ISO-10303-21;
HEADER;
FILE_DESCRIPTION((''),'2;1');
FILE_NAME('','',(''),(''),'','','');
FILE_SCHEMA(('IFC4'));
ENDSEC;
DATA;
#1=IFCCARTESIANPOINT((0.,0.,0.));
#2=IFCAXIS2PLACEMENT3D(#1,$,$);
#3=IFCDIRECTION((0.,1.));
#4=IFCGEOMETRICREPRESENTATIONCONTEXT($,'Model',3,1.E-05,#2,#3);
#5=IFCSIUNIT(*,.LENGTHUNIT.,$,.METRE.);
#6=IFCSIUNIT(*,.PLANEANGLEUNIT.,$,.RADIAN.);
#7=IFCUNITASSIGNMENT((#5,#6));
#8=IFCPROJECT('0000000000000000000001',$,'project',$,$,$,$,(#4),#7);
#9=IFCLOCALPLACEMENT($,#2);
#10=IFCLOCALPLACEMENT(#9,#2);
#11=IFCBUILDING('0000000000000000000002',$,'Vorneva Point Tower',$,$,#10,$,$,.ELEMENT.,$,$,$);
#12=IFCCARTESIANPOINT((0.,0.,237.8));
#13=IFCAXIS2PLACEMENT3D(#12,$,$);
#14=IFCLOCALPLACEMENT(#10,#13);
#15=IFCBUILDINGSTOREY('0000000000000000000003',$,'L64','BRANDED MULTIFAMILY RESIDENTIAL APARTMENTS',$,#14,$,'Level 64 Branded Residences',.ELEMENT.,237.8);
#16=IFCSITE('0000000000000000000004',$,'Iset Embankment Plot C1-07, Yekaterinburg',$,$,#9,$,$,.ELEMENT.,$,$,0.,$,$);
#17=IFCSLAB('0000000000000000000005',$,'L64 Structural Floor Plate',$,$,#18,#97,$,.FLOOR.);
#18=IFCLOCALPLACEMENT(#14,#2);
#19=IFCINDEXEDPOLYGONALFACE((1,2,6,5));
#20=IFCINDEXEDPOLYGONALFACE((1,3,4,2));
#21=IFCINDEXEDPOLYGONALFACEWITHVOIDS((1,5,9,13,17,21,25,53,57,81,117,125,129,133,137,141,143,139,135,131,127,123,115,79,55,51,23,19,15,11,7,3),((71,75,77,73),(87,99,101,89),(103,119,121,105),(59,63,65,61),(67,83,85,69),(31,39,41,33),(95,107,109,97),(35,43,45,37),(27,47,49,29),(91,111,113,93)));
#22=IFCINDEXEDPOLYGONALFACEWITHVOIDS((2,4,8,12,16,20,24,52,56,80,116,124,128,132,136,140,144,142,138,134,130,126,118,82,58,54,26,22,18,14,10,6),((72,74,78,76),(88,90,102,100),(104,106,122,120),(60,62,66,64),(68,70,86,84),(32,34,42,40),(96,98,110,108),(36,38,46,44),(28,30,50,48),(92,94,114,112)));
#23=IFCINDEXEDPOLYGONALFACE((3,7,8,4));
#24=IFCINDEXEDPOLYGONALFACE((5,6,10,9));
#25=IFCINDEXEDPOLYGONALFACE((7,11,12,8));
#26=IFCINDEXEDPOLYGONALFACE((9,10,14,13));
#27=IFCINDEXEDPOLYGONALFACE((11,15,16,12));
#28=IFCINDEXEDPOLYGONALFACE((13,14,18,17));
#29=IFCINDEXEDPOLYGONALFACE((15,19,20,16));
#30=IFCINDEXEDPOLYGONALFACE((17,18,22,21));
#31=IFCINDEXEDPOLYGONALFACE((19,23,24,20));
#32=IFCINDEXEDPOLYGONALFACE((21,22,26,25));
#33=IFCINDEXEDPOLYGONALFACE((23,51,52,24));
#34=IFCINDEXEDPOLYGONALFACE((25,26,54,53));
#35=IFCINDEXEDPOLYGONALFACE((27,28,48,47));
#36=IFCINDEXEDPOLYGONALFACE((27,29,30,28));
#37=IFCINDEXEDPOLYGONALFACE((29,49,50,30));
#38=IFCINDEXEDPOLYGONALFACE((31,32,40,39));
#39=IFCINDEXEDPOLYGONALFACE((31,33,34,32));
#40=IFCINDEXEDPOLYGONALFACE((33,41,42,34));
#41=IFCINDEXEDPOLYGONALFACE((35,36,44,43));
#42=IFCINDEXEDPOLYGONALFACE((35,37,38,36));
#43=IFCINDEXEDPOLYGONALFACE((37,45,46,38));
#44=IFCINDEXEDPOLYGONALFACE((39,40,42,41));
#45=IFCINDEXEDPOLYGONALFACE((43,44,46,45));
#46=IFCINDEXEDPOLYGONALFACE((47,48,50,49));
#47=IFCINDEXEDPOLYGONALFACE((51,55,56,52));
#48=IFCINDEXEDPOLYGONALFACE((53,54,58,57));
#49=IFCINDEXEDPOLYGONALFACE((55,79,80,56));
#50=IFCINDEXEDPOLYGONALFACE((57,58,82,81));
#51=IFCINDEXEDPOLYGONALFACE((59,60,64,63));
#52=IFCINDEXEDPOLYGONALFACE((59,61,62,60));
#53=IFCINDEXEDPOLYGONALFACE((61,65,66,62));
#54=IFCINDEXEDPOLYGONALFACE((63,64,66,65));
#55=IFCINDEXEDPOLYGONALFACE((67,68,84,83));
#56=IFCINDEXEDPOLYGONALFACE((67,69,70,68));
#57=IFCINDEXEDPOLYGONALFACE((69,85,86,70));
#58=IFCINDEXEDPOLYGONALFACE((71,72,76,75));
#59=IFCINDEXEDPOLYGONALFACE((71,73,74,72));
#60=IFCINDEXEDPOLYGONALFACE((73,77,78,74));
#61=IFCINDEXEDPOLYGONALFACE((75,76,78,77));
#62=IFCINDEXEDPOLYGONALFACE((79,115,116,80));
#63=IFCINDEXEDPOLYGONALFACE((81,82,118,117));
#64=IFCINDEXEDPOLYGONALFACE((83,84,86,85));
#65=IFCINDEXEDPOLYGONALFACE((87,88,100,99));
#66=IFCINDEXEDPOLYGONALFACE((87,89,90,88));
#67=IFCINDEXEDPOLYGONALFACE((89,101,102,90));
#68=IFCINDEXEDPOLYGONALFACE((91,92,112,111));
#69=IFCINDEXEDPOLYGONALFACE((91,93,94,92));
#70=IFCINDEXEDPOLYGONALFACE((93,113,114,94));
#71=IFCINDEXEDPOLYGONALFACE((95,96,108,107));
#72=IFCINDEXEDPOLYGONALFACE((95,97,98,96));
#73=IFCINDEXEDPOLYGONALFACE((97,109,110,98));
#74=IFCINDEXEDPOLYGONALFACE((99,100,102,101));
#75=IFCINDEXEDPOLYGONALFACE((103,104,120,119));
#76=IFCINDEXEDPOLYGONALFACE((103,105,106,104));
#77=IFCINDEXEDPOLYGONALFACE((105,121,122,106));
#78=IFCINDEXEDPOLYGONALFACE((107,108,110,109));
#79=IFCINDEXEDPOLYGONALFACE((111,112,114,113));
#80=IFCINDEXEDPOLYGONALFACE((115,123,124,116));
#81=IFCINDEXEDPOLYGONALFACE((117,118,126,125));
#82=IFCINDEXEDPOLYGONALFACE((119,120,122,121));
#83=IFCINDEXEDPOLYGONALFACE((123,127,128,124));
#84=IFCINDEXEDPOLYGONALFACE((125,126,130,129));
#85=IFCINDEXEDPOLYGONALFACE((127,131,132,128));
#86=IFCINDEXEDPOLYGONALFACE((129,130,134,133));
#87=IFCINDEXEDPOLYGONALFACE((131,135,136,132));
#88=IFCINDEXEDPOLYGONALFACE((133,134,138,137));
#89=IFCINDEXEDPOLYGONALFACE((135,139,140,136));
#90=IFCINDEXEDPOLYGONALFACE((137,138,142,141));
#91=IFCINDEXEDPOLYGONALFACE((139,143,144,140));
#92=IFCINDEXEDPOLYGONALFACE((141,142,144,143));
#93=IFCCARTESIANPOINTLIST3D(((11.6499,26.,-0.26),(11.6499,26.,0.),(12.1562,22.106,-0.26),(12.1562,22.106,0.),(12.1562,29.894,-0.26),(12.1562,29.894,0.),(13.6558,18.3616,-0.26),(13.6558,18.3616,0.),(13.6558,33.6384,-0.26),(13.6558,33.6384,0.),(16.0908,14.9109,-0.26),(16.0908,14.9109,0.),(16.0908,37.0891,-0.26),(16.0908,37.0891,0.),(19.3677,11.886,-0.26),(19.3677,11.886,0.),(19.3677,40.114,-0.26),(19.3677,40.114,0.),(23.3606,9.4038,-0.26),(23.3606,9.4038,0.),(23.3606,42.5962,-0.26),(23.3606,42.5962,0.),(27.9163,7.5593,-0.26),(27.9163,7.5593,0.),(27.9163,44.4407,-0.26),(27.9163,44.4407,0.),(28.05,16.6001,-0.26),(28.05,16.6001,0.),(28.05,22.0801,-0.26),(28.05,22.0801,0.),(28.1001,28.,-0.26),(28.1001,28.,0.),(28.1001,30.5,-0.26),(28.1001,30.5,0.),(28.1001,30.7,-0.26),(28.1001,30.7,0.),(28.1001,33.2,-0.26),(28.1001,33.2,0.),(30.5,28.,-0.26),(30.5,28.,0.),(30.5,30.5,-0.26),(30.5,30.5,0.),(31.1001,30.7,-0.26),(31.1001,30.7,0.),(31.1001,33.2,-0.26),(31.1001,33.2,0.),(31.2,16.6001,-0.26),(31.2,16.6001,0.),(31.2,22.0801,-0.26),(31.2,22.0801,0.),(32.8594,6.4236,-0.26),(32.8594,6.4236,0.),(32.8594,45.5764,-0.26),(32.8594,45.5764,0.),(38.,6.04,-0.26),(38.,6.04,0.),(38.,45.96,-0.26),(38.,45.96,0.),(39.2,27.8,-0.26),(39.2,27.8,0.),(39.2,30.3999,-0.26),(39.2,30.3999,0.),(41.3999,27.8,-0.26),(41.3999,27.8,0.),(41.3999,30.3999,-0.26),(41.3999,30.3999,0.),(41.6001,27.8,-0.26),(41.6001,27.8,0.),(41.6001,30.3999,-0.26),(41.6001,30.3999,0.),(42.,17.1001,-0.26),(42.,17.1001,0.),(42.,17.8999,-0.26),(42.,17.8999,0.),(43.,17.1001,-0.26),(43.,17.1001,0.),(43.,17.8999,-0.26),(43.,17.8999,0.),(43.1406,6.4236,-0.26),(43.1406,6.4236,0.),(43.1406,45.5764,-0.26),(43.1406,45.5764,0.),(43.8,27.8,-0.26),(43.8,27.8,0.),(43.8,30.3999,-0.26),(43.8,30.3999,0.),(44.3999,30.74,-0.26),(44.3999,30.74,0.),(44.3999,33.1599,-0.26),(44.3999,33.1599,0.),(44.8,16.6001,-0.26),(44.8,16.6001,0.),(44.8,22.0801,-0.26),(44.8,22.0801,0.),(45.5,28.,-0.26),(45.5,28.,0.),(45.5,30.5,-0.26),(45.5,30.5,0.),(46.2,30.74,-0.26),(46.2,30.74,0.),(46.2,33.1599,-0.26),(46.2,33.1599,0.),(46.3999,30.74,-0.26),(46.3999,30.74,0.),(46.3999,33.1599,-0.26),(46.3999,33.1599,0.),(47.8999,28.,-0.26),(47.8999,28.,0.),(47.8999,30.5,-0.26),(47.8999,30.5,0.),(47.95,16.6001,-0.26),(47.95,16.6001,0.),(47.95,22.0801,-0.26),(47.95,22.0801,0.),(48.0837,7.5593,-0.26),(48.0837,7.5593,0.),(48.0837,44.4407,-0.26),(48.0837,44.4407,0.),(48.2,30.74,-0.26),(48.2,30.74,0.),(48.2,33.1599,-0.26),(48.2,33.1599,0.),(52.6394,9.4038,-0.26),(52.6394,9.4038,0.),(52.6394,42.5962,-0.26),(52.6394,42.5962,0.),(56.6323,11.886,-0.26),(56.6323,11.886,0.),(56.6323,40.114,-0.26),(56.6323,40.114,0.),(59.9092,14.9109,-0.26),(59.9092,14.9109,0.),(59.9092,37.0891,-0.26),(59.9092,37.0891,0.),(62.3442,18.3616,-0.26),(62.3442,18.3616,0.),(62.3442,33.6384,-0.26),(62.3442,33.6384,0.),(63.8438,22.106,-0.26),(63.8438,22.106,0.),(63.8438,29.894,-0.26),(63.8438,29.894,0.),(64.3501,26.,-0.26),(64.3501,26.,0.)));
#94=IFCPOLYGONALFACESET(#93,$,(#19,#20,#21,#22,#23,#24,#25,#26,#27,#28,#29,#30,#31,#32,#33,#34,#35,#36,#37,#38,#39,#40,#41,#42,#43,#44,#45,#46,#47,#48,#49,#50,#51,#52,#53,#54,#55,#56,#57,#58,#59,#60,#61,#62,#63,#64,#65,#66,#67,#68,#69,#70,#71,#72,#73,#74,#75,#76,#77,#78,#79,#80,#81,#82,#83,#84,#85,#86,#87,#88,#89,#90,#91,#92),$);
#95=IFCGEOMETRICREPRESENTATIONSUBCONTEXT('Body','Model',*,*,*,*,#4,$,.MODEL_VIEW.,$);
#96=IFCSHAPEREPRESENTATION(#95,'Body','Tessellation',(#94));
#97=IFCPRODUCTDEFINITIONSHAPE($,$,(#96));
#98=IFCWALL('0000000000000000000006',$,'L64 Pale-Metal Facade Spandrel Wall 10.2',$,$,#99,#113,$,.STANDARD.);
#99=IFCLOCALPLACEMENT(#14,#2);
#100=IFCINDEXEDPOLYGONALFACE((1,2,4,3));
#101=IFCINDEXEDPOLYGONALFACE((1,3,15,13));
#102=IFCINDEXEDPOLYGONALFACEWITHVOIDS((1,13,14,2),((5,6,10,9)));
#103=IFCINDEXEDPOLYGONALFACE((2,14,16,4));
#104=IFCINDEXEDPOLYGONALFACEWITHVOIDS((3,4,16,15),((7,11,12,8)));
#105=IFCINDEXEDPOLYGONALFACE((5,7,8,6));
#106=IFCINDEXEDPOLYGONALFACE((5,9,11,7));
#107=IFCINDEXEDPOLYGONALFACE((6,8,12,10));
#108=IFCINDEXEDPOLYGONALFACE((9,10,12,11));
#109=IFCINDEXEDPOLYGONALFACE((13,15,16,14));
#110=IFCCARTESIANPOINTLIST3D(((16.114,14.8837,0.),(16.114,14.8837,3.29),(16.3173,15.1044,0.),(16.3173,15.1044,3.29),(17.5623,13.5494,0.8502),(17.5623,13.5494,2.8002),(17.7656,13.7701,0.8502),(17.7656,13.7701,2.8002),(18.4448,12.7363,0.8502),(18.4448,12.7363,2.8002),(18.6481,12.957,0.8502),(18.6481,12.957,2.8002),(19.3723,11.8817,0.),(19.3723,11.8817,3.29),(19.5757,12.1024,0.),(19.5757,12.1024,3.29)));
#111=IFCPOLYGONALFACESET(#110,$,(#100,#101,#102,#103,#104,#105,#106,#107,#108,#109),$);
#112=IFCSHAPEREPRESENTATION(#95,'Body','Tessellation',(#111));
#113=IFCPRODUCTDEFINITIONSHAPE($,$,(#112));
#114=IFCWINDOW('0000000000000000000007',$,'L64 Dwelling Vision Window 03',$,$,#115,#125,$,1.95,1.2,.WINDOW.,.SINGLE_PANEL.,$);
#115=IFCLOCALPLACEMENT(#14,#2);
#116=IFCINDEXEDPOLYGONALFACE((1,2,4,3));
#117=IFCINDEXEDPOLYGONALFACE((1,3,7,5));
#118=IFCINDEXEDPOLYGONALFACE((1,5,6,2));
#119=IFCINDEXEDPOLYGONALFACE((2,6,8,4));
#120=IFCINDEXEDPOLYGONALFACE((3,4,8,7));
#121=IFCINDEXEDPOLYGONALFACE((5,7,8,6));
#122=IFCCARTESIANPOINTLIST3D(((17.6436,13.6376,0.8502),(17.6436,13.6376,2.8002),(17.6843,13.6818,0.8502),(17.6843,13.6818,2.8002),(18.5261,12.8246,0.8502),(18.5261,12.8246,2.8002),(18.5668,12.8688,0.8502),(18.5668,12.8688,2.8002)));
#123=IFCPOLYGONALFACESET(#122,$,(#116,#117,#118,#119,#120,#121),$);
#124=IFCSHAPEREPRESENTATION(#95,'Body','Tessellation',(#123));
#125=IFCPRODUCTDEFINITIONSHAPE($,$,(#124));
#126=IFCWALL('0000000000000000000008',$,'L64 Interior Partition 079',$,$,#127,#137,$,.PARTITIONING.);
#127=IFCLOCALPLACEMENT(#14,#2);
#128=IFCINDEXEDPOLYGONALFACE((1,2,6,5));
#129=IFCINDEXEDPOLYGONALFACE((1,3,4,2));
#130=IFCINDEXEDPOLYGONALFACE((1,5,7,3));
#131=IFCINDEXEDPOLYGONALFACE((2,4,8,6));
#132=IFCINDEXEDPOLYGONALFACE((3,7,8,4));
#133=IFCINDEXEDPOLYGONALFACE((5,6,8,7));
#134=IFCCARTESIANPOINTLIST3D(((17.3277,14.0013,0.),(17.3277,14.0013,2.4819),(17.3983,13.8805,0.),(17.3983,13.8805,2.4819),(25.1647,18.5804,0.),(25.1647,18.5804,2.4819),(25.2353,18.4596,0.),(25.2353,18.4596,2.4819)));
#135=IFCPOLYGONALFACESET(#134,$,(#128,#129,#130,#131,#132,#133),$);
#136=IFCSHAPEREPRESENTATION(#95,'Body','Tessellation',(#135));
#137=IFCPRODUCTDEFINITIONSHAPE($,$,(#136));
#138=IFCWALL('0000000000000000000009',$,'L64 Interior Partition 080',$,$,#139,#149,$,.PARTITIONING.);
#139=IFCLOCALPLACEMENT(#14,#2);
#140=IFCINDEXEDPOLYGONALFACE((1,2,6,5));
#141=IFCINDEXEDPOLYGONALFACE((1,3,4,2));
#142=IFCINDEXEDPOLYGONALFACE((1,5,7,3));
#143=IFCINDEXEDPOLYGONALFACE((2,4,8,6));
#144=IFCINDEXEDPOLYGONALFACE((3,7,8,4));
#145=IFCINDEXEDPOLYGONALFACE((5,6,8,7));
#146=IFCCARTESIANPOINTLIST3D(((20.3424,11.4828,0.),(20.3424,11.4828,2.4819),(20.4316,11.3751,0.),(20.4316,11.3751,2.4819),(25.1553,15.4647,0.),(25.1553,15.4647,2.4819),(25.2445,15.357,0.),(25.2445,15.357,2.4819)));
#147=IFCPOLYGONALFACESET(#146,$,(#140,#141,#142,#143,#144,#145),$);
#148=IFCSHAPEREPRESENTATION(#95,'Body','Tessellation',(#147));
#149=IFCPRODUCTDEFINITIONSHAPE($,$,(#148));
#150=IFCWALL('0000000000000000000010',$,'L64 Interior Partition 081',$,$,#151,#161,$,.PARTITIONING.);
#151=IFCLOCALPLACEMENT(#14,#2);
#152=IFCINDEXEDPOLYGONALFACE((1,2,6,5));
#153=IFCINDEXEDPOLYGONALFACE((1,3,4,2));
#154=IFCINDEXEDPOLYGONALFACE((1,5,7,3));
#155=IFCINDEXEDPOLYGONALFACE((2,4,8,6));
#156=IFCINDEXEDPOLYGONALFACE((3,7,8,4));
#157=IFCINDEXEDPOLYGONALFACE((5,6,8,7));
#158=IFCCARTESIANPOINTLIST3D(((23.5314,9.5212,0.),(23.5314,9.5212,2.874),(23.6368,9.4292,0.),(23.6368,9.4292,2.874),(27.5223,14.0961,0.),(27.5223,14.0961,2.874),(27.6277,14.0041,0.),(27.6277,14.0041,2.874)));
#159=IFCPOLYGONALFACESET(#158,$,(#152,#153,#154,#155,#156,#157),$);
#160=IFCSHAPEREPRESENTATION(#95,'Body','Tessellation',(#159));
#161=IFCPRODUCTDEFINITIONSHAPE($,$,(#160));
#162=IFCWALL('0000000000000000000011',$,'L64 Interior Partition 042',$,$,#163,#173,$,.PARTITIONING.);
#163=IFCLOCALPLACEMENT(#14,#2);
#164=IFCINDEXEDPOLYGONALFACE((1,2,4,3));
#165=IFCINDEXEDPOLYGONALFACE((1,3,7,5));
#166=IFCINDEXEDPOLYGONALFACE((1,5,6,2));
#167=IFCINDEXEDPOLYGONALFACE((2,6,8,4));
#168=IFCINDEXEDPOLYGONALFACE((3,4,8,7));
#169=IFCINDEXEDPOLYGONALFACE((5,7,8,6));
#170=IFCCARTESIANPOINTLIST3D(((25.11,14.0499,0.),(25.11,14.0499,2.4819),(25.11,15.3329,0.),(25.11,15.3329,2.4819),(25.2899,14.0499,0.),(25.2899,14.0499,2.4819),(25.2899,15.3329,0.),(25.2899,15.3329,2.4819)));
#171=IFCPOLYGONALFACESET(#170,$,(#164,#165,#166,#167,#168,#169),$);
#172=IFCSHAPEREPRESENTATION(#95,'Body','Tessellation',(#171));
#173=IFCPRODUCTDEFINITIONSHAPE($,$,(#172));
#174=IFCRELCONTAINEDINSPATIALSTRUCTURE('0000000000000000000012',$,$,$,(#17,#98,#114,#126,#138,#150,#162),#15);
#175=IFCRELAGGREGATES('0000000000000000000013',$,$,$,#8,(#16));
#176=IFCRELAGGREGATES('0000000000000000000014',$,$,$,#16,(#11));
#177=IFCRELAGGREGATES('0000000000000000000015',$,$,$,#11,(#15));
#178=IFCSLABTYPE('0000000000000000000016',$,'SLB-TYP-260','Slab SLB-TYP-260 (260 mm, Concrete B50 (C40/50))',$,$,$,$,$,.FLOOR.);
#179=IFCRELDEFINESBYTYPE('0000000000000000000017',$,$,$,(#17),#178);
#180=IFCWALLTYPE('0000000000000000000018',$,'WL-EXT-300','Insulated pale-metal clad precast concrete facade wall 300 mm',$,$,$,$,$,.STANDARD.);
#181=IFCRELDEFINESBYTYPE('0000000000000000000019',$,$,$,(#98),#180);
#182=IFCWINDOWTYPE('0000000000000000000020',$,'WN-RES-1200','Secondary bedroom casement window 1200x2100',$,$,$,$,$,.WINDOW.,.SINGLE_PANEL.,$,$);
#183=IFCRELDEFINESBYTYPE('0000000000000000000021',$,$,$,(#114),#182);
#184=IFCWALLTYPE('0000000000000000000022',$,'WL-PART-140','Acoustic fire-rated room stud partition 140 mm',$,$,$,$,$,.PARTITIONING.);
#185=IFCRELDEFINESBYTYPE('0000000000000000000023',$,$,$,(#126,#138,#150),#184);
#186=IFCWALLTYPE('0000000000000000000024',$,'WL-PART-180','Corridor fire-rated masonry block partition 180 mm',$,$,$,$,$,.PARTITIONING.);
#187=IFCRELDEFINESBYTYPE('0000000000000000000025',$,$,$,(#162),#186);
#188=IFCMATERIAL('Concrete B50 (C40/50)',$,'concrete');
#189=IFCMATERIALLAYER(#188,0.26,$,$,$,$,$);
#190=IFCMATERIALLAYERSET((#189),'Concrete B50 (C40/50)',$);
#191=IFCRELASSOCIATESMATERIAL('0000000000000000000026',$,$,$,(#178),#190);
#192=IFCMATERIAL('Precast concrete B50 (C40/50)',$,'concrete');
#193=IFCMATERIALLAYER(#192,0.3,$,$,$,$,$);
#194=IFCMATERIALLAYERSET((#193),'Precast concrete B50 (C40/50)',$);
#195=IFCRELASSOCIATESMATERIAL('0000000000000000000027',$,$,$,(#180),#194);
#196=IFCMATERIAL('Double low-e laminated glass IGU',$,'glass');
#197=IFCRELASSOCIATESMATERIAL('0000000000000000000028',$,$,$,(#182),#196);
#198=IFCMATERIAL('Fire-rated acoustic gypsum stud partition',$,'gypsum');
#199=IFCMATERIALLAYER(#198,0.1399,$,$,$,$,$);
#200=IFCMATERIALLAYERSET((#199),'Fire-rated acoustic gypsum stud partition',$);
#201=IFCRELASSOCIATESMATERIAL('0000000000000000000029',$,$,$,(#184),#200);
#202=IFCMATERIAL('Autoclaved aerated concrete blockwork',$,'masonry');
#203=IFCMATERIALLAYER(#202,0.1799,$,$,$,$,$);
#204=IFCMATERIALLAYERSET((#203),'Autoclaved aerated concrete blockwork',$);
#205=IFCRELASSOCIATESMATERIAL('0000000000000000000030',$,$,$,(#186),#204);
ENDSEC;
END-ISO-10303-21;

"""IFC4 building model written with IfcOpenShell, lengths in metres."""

from ifc_helpers import new_model, si_unit, direction, frame, frame_2d, origin, place, context, subcontext, project, spatial, polyline, rectangle, outline, extrude, material, layer, layer_set, type_object, element, fill, save


model = new_model("IFC4")

# Units and contexts
model_context = context("Model", 3, precision=1e-05, world=origin(), true_north=direction((0.0, 1.0)))
body_context = subcontext(model_context, "Body", "Model", "MODEL_VIEW")
ifc_project = project(units=[si_unit("LENGTHUNIT", "METRE"), si_unit("PLANEANGLEUNIT", "RADIAN")], contexts=[model_context])

# Site, building, storey
site_placement = place(None, origin())
site = spatial("IfcSite", under=ifc_project, at=site_placement, Name="Iset Embankment Plot C1-07, Yekaterinburg", CompositionType="ELEMENT", RefElevation=0.0)
building_placement = place(site_placement, origin())
building = spatial("IfcBuilding", under=site, at=building_placement, Name="Vorneva Point Tower", CompositionType="ELEMENT")
storey_placement = place(building_placement, frame((0.0, 0.0, 237.8)))
storey = spatial("IfcBuildingStorey", under=building, at=storey_placement, Name="L64", Description="BRANDED MULTIFAMILY RESIDENTIAL APARTMENTS", LongName="Level 64 Branded Residences", CompositionType="ELEMENT", Elevation=237.8)

# Shared definitions
ifc_material_1 = material(Name="Concrete B50 (C40/50)", Category="concrete")

# Shared definitions
ifc_material_2 = material(Name="Double low-e laminated glass IGU", Category="glass")

# Slab
ifc_layer_1 = layer(ifc_material_1, 0.26)
ifc_layer_set_1 = layer_set([ifc_layer_1], Name="Concrete B50 (C40/50)")
slab_type_1 = type_object("IfcSlabType", Name="SLB-TYP-260", Description="Slab SLB-TYP-260 (260 mm, Concrete B50 (C40/50))", PredefinedType="FLOOR", material=ifc_layer_set_1)
slab_1_placement = place(storey_placement, frame((0.0, 0.0, -0.26)))
element("IfcSlab", 1, at=slab_1_placement, inside=storey, type_object=slab_type_1, Name="L64 Structural Floor Plate", PredefinedType="FLOOR", context=body_context, shape_type="SweptSolid", body=[
    extrude(outline(polyline([(64.3501, 26.0), (63.8438, 29.894), (62.3442, 33.6384), (59.9092, 37.0891), (56.6323, 40.114), (52.6394, 42.5962), (48.0837, 44.4407), (43.1406, 45.5764), (38.0, 45.96), (32.8594, 45.5764), (27.9163, 44.4407), (23.3606, 42.5962), (19.3677, 40.114), (16.0908, 37.0891), (13.6558, 33.6384), (12.1562, 29.894), (11.6499, 26.0), (12.1562, 22.106), (13.6558, 18.3616), (16.0908, 14.9109), (19.3677, 11.886), (23.3606, 9.4038), (27.9163, 7.5593), (32.8594, 6.4236), (38.0, 6.04), (43.1406, 6.4236), (48.0837, 7.5593), (52.6394, 9.4038), (56.6323, 11.886), (59.9092, 14.9109), (62.3442, 18.3616), (63.8438, 22.106), (64.3501, 26.0)]), holes=[polyline([(39.2, 27.8), (41.3999, 27.8), (41.3999, 30.3999), (39.2, 30.3999), (39.2, 27.8)]), polyline([(41.6001, 27.8), (43.8, 27.8), (43.8, 30.3999), (41.6001, 30.3999), (41.6001, 27.8)]), polyline([(44.3999, 30.74), (46.2, 30.74), (46.2, 33.1599), (44.3999, 33.1599), (44.3999, 30.74)]), polyline([(46.3999, 30.74), (48.2, 30.74), (48.2, 33.1599), (46.3999, 33.1599), (46.3999, 30.74)]), polyline([(28.1001, 28.0), (30.5, 28.0), (30.5, 30.5), (28.1001, 30.5), (28.1001, 28.0)]), polyline([(45.5, 28.0), (47.8999, 28.0), (47.8999, 30.5), (45.5, 30.5), (45.5, 28.0)]), polyline([(28.1001, 30.7), (31.1001, 30.7), (31.1001, 33.2), (28.1001, 33.2), (28.1001, 30.7)]), polyline([(28.05, 16.6001), (31.2, 16.6001), (31.2, 22.0801), (28.05, 22.0801), (28.05, 16.6001)]), polyline([(44.8, 16.6001), (47.95, 16.6001), (47.95, 22.0801), (44.8, 22.0801), (44.8, 16.6001)]), polyline([(42.0, 17.1001), (43.0, 17.1001), (43.0, 17.8999), (42.0, 17.8999), (42.0, 17.1001)])]), origin(), (0.0, 0.0, 1.0), 0.26),
])

# Wall, opening, window
ifc_material_3 = material(Name="Precast concrete B50 (C40/50)", Category="concrete")
ifc_layer_2 = layer(ifc_material_3, 0.3)
ifc_layer_set_2 = layer_set([ifc_layer_2], Name="Precast concrete B50 (C40/50)")
wall_type_1 = type_object("IfcWallType", Name="WL-EXT-300", Description="Insulated pale-metal clad precast concrete facade wall 300 mm", PredefinedType="STANDARD", material=ifc_layer_set_2)
wall_1_placement = place(storey_placement, frame((16.2156, 14.9941, 0.0), z_axis=(0.0, 0.0, 1.0), x_axis=(0.735445, -0.677584, 0.0)))
wall_1 = element("IfcWall", 2, at=wall_1_placement, inside=storey, type_object=wall_type_1, Name="L64 Pale-Metal Facade Spandrel Wall 10.2", PredefinedType="STANDARD", context=body_context, shape_type="SweptSolid", body=[
    extrude(rectangle(XDim=4.4304, YDim=0.3, at=frame_2d((2.2153, 0.0))), origin(), (0.0, 0.0, 1.0), 3.29),
])
opening_1_placement = place(wall_1_placement, frame((1.9692, 0.0, 0.8501)))
opening_1 = element("IfcOpeningElement", 3, at=opening_1_placement, cuts=wall_1, PredefinedType="OPENING", context=body_context, shape_type="SweptSolid", body=[
    extrude(rectangle(XDim=1.2, YDim=1.95, at=frame_2d((0.6001, 0.9751))), frame((0.0, 0.165, 0.0), z_axis=(0.0, -1.0, 0.0), x_axis=(1.0, 0.0, 0.0)), (0.0, 0.0, 1.0), 0.3298),
])
window_type = type_object("IfcWindowType", Name="WN-RES-1200", Description="Secondary bedroom casement window 1200x2100", PartitioningType="SINGLE_PANEL", PredefinedType="WINDOW", material=ifc_material_2)
window_placement = place(opening_1_placement, origin())
window = element("IfcWindow", 4, at=window_placement, inside=storey, type_object=window_type, Name="L64 Dwelling Vision Window 03", OverallHeight=1.95, OverallWidth=1.2, PartitioningType="SINGLE_PANEL", PredefinedType="WINDOW", context=body_context, shape_type="SweptSolid", body=[
    extrude(rectangle(XDim=1.2, YDim=1.95, at=frame_2d((0.6001, 0.9751))), frame((0.0, 0.03, 0.0), z_axis=(0.0, -1.0, 0.0), x_axis=(1.0, 0.0, 0.0)), (0.0, 0.0, 1.0), 0.0601),
])
fill(opening_1, window)

# Walls
ifc_material_4 = material(Name="Fire-rated acoustic gypsum stud partition", Category="gypsum")
ifc_layer_3 = layer(ifc_material_4, 0.1399)
ifc_layer_set_3 = layer_set([ifc_layer_3], Name="Fire-rated acoustic gypsum stud partition")
wall_type_2 = type_object("IfcWallType", Name="WL-PART-140", Description="Acoustic fire-rated room stud partition 140 mm", PredefinedType="PARTITIONING", material=ifc_layer_set_3)
wall_2_placement = place(storey_placement, frame((17.363, 13.9409, 0.0), z_axis=(0.0, 0.0, 1.0), x_axis=(0.863416, 0.504493, 0.0)))
element("IfcWall", 5, at=wall_2_placement, inside=storey, type_object=wall_type_2, Name="L64 Interior Partition 079", PredefinedType="PARTITIONING", context=body_context, shape_type="SweptSolid", body=[
    extrude(rectangle(XDim=9.0767, YDim=0.1399, at=frame_2d((4.5383, 0.0))), origin(), (0.0, 0.0, 1.0), 2.4819),
])
wall_3_placement = place(storey_placement, frame((20.387, 11.429, 0.0), z_axis=(0.0, 0.0, 1.0), x_axis=(0.770491, 0.637451, 0.0)))
element("IfcWall", 6, at=wall_3_placement, inside=storey, type_object=wall_type_2, Name="L64 Interior Partition 080", PredefinedType="PARTITIONING", context=body_context, shape_type="SweptSolid", body=[
    extrude(rectangle(XDim=6.2466, YDim=0.1399, at=frame_2d((3.1233, 0.0))), origin(), (0.0, 0.0, 1.0), 2.4819),
])
wall_4_placement = place(storey_placement, frame((23.584, 9.4751, 0.0), z_axis=(0.0, 0.0, 1.0), x_axis=(0.657374, 0.753565, 0.0)))
element("IfcWall", 7, at=wall_4_placement, inside=storey, type_object=wall_type_2, Name="L64 Interior Partition 081", PredefinedType="PARTITIONING", context=body_context, shape_type="SweptSolid", body=[
    extrude(rectangle(XDim=6.071, YDim=0.1399, at=frame_2d((3.0356, 0.0))), origin(), (0.0, 0.0, 1.0), 2.874),
])
ifc_material_5 = material(Name="Autoclaved aerated concrete blockwork", Category="masonry")
ifc_layer_4 = layer(ifc_material_5, 0.1799)
ifc_layer_set_4 = layer_set([ifc_layer_4], Name="Autoclaved aerated concrete blockwork")
wall_type_3 = type_object("IfcWallType", Name="WL-PART-180", Description="Corridor fire-rated masonry block partition 180 mm", PredefinedType="PARTITIONING", material=ifc_layer_set_4)
wall_5_placement = place(storey_placement, frame((25.2, 15.333, 0.0), z_axis=(0.0, 0.0, 1.0), x_axis=(0.0, -1.0, 0.0)))
element("IfcWall", 8, at=wall_5_placement, inside=storey, type_object=wall_type_3, Name="L64 Interior Partition 042", PredefinedType="PARTITIONING", context=body_context, shape_type="SweptSolid", body=[
    extrude(rectangle(XDim=1.283, YDim=0.1799, at=frame_2d((0.6416, 0.0))), origin(), (0.0, 0.0, 1.0), 2.4819),
])

save(model, "model.ifc")
